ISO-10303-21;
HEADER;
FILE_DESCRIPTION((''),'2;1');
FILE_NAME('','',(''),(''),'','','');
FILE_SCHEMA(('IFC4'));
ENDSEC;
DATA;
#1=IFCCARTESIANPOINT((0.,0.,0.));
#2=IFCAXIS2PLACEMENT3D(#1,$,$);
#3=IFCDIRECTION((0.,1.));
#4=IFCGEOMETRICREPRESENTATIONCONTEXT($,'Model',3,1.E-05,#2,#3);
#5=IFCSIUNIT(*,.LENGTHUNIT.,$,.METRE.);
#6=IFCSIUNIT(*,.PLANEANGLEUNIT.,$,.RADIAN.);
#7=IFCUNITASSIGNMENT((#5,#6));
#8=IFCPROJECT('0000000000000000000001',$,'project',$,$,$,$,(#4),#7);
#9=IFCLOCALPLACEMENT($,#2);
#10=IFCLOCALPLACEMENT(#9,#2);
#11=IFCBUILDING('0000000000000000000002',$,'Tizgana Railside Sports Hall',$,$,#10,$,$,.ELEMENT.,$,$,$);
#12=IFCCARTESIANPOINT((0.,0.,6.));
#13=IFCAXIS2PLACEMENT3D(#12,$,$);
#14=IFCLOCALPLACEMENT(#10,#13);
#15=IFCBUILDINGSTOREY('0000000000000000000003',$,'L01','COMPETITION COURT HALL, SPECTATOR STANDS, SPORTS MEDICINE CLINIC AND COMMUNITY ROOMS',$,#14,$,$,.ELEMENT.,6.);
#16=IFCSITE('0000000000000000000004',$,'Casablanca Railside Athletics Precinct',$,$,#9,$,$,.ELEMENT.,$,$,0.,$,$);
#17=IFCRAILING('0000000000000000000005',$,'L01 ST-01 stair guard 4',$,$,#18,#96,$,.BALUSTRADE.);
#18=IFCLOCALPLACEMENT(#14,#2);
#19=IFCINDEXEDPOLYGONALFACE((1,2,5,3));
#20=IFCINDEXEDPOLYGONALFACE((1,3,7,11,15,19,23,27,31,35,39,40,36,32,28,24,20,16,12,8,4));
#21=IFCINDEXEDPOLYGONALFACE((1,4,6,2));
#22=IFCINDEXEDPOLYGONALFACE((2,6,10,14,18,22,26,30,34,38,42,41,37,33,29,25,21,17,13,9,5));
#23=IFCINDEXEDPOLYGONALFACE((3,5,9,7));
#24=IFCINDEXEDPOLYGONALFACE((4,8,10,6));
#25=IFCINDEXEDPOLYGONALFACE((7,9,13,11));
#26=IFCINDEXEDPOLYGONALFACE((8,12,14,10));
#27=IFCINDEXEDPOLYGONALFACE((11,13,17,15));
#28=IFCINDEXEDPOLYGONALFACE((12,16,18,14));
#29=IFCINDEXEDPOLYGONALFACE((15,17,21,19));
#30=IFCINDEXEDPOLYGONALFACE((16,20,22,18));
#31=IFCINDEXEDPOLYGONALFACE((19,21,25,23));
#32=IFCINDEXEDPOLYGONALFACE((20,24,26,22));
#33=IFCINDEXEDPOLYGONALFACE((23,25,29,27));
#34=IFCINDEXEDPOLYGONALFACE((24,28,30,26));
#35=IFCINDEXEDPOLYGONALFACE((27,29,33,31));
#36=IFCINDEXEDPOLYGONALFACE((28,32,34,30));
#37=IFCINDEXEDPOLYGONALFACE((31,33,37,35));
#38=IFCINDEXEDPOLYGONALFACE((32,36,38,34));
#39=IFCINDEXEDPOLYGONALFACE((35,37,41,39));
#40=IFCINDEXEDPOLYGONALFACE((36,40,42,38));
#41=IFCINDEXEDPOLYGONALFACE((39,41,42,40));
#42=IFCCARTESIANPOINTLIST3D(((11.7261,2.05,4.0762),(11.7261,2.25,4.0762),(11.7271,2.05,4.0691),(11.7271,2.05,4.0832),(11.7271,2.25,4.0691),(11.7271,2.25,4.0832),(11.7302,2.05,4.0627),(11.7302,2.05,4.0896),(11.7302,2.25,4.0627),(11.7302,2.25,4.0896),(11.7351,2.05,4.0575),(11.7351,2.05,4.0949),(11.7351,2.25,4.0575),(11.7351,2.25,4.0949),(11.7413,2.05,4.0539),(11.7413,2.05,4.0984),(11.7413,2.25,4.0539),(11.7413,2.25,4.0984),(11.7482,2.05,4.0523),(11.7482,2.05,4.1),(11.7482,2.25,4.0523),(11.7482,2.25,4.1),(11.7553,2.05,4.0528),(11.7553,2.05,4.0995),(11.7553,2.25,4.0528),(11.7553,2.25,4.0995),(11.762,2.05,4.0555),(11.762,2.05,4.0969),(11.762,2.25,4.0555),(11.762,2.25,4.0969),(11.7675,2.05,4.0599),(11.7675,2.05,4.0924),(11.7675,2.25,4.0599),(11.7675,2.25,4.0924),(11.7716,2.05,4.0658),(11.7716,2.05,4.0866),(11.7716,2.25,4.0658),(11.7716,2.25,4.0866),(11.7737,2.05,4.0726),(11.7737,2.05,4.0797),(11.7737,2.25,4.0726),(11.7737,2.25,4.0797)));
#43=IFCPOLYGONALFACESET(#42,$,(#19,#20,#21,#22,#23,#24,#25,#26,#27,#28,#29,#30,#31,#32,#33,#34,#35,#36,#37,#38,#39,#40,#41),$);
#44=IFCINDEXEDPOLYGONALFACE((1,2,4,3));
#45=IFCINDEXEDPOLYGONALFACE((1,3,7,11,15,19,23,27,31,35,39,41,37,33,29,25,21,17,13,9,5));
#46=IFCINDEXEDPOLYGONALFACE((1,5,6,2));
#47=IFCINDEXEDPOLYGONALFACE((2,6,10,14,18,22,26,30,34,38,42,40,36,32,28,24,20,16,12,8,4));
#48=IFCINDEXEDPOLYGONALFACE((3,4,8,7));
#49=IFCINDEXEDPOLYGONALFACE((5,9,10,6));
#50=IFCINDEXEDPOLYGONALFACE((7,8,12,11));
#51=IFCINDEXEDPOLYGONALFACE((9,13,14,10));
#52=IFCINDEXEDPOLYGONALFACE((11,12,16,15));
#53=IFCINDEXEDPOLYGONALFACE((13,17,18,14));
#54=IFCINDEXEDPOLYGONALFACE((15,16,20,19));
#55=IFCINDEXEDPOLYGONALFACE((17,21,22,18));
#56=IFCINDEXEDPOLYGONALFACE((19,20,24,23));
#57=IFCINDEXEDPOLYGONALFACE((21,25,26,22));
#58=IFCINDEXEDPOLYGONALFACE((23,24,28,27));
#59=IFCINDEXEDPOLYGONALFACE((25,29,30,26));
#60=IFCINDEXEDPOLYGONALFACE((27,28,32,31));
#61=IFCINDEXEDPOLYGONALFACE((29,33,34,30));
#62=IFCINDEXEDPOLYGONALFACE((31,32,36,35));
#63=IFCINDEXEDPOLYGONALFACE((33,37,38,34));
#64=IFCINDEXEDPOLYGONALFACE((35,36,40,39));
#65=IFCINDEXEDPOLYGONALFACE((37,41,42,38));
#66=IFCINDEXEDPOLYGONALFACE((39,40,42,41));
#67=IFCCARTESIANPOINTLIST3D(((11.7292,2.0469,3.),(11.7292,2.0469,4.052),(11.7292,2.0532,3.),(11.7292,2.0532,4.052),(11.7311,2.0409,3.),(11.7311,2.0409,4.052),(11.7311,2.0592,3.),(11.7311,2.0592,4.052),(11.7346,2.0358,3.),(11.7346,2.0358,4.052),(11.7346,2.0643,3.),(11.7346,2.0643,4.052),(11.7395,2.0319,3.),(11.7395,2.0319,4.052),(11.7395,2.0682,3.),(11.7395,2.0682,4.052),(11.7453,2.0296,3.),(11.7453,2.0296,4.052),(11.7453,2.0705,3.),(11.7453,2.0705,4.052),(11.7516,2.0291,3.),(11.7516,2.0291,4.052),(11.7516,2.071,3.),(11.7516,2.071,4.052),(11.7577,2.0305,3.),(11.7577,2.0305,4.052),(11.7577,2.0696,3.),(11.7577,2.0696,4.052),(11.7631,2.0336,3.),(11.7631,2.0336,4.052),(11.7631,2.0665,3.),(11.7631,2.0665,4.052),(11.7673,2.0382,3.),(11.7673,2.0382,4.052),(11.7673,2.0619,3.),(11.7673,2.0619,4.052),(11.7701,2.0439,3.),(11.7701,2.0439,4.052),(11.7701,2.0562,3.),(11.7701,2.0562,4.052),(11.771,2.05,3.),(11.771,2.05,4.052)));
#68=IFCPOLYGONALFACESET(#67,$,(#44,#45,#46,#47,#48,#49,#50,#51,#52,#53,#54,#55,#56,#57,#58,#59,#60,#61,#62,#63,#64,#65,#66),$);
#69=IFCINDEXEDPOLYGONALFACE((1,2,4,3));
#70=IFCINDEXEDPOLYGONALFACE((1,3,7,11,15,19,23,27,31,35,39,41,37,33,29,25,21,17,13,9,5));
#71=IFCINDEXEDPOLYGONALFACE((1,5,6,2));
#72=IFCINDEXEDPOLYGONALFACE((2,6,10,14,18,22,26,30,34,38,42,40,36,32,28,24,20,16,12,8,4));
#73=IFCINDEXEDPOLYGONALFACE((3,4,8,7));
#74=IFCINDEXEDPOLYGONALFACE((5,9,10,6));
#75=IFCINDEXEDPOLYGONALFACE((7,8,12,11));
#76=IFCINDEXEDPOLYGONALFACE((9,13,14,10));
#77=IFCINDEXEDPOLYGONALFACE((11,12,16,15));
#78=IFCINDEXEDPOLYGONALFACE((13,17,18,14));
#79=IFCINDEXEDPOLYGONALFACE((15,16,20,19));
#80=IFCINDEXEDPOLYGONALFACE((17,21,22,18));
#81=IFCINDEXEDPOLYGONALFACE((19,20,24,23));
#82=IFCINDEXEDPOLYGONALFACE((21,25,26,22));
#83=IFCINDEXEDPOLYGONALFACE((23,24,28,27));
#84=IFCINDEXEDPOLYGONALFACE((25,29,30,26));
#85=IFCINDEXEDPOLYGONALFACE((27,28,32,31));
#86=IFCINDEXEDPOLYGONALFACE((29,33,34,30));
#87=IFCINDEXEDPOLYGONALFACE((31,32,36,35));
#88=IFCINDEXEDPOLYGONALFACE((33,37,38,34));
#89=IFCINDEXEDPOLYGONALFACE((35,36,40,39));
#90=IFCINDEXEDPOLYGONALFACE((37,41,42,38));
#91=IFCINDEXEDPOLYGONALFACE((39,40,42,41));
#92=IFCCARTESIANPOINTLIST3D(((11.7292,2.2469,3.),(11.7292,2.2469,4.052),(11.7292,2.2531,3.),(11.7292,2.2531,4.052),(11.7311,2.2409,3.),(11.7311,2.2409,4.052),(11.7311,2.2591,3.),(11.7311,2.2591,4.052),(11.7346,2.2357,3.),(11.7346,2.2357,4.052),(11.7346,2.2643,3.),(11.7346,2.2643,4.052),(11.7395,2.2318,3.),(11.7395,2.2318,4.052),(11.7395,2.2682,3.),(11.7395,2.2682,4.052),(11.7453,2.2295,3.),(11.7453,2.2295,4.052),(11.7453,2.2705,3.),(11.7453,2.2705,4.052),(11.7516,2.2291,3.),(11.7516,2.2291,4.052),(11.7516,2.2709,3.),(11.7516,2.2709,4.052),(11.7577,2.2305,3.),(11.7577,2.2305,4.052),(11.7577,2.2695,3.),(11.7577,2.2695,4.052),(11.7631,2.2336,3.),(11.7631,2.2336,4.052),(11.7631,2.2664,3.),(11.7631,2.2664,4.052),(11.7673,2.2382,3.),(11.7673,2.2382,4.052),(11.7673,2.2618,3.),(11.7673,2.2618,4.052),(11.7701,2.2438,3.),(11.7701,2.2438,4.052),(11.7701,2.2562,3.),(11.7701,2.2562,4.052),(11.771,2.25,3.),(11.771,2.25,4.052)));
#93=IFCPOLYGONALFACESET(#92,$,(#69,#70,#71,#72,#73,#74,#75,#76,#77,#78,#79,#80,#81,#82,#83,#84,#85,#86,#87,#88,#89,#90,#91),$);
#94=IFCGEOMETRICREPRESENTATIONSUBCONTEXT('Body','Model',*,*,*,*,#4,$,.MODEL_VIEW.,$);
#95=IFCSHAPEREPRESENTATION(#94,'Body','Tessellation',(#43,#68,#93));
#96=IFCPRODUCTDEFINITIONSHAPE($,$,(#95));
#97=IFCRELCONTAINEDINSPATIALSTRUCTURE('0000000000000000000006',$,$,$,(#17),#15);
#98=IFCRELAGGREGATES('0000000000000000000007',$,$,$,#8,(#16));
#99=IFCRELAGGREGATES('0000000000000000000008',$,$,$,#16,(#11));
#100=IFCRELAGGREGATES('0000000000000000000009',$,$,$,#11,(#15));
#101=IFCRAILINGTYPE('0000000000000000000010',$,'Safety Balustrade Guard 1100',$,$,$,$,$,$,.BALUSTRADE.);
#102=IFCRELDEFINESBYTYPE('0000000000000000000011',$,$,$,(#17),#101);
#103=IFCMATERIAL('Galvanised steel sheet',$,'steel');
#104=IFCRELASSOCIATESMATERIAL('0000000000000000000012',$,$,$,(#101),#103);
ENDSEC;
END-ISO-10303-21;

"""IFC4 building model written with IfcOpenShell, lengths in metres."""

from ifc_helpers import new_model, si_unit, direction, frame, origin, origin_2d, place, context, subcontext, project, spatial, circle, extrude, material, type_object, element, save


model = new_model("IFC4")

# Units and contexts
model_context = context("Model", 3, precision=1e-05, world=origin(), true_north=direction((0.0, 1.0)))
body_context = subcontext(model_context, "Body", "Model", "MODEL_VIEW")
ifc_project = project(units=[si_unit("LENGTHUNIT", "METRE"), si_unit("PLANEANGLEUNIT", "RADIAN")], contexts=[model_context])

# Site, building, storey
site_placement = place(None, origin())
site = spatial("IfcSite", under=ifc_project, at=site_placement, Name="Casablanca Railside Athletics Precinct", CompositionType="ELEMENT", RefElevation=0.0)
building_placement = place(site_placement, origin())
building = spatial("IfcBuilding", under=site, at=building_placement, Name="Tizgana Railside Sports Hall", CompositionType="ELEMENT")
storey_placement = place(building_placement, frame((0.0, 0.0, 6.0)))
storey = spatial("IfcBuildingStorey", under=building, at=storey_placement, Name="L01", Description="COMPETITION COURT HALL, SPECTATOR STANDS, SPORTS MEDICINE CLINIC AND COMMUNITY ROOMS", CompositionType="ELEMENT", Elevation=6.0)

# Railing
ifc_material_1 = material(Name="Galvanised steel sheet", Category="steel")
railing_type_1 = type_object("IfcRailingType", Name="Safety Balustrade Guard 1100", PredefinedType="BALUSTRADE", material=ifc_material_1)
railing_1_placement = place(storey_placement, frame((11.75, 2.05, 3.0)))
element("IfcRailing", 1, at=railing_1_placement, inside=storey, type_object=railing_type_1, Name="L01 ST-01 stair guard 4", PredefinedType="BALUSTRADE", context=body_context, shape_type="SweptSolid", body=[
    extrude(circle(Radius=0.0239, at=origin_2d()), frame((0.0, 0.0, 1.0762), z_axis=(0.0, 1.0, 0.0), x_axis=(-1.0, 0.0, 0.0)), (0.0, 0.0, 1.0), 0.2),
    extrude(circle(Radius=0.021, at=origin_2d()), origin(), (0.0, 0.0, 1.0), 1.052),
    extrude(circle(Radius=0.021, at=origin_2d()), frame((0.0, 0.2, 0.0)), (0.0, 0.0, 1.0), 1.052),
])

save(model, "model.ifc")
